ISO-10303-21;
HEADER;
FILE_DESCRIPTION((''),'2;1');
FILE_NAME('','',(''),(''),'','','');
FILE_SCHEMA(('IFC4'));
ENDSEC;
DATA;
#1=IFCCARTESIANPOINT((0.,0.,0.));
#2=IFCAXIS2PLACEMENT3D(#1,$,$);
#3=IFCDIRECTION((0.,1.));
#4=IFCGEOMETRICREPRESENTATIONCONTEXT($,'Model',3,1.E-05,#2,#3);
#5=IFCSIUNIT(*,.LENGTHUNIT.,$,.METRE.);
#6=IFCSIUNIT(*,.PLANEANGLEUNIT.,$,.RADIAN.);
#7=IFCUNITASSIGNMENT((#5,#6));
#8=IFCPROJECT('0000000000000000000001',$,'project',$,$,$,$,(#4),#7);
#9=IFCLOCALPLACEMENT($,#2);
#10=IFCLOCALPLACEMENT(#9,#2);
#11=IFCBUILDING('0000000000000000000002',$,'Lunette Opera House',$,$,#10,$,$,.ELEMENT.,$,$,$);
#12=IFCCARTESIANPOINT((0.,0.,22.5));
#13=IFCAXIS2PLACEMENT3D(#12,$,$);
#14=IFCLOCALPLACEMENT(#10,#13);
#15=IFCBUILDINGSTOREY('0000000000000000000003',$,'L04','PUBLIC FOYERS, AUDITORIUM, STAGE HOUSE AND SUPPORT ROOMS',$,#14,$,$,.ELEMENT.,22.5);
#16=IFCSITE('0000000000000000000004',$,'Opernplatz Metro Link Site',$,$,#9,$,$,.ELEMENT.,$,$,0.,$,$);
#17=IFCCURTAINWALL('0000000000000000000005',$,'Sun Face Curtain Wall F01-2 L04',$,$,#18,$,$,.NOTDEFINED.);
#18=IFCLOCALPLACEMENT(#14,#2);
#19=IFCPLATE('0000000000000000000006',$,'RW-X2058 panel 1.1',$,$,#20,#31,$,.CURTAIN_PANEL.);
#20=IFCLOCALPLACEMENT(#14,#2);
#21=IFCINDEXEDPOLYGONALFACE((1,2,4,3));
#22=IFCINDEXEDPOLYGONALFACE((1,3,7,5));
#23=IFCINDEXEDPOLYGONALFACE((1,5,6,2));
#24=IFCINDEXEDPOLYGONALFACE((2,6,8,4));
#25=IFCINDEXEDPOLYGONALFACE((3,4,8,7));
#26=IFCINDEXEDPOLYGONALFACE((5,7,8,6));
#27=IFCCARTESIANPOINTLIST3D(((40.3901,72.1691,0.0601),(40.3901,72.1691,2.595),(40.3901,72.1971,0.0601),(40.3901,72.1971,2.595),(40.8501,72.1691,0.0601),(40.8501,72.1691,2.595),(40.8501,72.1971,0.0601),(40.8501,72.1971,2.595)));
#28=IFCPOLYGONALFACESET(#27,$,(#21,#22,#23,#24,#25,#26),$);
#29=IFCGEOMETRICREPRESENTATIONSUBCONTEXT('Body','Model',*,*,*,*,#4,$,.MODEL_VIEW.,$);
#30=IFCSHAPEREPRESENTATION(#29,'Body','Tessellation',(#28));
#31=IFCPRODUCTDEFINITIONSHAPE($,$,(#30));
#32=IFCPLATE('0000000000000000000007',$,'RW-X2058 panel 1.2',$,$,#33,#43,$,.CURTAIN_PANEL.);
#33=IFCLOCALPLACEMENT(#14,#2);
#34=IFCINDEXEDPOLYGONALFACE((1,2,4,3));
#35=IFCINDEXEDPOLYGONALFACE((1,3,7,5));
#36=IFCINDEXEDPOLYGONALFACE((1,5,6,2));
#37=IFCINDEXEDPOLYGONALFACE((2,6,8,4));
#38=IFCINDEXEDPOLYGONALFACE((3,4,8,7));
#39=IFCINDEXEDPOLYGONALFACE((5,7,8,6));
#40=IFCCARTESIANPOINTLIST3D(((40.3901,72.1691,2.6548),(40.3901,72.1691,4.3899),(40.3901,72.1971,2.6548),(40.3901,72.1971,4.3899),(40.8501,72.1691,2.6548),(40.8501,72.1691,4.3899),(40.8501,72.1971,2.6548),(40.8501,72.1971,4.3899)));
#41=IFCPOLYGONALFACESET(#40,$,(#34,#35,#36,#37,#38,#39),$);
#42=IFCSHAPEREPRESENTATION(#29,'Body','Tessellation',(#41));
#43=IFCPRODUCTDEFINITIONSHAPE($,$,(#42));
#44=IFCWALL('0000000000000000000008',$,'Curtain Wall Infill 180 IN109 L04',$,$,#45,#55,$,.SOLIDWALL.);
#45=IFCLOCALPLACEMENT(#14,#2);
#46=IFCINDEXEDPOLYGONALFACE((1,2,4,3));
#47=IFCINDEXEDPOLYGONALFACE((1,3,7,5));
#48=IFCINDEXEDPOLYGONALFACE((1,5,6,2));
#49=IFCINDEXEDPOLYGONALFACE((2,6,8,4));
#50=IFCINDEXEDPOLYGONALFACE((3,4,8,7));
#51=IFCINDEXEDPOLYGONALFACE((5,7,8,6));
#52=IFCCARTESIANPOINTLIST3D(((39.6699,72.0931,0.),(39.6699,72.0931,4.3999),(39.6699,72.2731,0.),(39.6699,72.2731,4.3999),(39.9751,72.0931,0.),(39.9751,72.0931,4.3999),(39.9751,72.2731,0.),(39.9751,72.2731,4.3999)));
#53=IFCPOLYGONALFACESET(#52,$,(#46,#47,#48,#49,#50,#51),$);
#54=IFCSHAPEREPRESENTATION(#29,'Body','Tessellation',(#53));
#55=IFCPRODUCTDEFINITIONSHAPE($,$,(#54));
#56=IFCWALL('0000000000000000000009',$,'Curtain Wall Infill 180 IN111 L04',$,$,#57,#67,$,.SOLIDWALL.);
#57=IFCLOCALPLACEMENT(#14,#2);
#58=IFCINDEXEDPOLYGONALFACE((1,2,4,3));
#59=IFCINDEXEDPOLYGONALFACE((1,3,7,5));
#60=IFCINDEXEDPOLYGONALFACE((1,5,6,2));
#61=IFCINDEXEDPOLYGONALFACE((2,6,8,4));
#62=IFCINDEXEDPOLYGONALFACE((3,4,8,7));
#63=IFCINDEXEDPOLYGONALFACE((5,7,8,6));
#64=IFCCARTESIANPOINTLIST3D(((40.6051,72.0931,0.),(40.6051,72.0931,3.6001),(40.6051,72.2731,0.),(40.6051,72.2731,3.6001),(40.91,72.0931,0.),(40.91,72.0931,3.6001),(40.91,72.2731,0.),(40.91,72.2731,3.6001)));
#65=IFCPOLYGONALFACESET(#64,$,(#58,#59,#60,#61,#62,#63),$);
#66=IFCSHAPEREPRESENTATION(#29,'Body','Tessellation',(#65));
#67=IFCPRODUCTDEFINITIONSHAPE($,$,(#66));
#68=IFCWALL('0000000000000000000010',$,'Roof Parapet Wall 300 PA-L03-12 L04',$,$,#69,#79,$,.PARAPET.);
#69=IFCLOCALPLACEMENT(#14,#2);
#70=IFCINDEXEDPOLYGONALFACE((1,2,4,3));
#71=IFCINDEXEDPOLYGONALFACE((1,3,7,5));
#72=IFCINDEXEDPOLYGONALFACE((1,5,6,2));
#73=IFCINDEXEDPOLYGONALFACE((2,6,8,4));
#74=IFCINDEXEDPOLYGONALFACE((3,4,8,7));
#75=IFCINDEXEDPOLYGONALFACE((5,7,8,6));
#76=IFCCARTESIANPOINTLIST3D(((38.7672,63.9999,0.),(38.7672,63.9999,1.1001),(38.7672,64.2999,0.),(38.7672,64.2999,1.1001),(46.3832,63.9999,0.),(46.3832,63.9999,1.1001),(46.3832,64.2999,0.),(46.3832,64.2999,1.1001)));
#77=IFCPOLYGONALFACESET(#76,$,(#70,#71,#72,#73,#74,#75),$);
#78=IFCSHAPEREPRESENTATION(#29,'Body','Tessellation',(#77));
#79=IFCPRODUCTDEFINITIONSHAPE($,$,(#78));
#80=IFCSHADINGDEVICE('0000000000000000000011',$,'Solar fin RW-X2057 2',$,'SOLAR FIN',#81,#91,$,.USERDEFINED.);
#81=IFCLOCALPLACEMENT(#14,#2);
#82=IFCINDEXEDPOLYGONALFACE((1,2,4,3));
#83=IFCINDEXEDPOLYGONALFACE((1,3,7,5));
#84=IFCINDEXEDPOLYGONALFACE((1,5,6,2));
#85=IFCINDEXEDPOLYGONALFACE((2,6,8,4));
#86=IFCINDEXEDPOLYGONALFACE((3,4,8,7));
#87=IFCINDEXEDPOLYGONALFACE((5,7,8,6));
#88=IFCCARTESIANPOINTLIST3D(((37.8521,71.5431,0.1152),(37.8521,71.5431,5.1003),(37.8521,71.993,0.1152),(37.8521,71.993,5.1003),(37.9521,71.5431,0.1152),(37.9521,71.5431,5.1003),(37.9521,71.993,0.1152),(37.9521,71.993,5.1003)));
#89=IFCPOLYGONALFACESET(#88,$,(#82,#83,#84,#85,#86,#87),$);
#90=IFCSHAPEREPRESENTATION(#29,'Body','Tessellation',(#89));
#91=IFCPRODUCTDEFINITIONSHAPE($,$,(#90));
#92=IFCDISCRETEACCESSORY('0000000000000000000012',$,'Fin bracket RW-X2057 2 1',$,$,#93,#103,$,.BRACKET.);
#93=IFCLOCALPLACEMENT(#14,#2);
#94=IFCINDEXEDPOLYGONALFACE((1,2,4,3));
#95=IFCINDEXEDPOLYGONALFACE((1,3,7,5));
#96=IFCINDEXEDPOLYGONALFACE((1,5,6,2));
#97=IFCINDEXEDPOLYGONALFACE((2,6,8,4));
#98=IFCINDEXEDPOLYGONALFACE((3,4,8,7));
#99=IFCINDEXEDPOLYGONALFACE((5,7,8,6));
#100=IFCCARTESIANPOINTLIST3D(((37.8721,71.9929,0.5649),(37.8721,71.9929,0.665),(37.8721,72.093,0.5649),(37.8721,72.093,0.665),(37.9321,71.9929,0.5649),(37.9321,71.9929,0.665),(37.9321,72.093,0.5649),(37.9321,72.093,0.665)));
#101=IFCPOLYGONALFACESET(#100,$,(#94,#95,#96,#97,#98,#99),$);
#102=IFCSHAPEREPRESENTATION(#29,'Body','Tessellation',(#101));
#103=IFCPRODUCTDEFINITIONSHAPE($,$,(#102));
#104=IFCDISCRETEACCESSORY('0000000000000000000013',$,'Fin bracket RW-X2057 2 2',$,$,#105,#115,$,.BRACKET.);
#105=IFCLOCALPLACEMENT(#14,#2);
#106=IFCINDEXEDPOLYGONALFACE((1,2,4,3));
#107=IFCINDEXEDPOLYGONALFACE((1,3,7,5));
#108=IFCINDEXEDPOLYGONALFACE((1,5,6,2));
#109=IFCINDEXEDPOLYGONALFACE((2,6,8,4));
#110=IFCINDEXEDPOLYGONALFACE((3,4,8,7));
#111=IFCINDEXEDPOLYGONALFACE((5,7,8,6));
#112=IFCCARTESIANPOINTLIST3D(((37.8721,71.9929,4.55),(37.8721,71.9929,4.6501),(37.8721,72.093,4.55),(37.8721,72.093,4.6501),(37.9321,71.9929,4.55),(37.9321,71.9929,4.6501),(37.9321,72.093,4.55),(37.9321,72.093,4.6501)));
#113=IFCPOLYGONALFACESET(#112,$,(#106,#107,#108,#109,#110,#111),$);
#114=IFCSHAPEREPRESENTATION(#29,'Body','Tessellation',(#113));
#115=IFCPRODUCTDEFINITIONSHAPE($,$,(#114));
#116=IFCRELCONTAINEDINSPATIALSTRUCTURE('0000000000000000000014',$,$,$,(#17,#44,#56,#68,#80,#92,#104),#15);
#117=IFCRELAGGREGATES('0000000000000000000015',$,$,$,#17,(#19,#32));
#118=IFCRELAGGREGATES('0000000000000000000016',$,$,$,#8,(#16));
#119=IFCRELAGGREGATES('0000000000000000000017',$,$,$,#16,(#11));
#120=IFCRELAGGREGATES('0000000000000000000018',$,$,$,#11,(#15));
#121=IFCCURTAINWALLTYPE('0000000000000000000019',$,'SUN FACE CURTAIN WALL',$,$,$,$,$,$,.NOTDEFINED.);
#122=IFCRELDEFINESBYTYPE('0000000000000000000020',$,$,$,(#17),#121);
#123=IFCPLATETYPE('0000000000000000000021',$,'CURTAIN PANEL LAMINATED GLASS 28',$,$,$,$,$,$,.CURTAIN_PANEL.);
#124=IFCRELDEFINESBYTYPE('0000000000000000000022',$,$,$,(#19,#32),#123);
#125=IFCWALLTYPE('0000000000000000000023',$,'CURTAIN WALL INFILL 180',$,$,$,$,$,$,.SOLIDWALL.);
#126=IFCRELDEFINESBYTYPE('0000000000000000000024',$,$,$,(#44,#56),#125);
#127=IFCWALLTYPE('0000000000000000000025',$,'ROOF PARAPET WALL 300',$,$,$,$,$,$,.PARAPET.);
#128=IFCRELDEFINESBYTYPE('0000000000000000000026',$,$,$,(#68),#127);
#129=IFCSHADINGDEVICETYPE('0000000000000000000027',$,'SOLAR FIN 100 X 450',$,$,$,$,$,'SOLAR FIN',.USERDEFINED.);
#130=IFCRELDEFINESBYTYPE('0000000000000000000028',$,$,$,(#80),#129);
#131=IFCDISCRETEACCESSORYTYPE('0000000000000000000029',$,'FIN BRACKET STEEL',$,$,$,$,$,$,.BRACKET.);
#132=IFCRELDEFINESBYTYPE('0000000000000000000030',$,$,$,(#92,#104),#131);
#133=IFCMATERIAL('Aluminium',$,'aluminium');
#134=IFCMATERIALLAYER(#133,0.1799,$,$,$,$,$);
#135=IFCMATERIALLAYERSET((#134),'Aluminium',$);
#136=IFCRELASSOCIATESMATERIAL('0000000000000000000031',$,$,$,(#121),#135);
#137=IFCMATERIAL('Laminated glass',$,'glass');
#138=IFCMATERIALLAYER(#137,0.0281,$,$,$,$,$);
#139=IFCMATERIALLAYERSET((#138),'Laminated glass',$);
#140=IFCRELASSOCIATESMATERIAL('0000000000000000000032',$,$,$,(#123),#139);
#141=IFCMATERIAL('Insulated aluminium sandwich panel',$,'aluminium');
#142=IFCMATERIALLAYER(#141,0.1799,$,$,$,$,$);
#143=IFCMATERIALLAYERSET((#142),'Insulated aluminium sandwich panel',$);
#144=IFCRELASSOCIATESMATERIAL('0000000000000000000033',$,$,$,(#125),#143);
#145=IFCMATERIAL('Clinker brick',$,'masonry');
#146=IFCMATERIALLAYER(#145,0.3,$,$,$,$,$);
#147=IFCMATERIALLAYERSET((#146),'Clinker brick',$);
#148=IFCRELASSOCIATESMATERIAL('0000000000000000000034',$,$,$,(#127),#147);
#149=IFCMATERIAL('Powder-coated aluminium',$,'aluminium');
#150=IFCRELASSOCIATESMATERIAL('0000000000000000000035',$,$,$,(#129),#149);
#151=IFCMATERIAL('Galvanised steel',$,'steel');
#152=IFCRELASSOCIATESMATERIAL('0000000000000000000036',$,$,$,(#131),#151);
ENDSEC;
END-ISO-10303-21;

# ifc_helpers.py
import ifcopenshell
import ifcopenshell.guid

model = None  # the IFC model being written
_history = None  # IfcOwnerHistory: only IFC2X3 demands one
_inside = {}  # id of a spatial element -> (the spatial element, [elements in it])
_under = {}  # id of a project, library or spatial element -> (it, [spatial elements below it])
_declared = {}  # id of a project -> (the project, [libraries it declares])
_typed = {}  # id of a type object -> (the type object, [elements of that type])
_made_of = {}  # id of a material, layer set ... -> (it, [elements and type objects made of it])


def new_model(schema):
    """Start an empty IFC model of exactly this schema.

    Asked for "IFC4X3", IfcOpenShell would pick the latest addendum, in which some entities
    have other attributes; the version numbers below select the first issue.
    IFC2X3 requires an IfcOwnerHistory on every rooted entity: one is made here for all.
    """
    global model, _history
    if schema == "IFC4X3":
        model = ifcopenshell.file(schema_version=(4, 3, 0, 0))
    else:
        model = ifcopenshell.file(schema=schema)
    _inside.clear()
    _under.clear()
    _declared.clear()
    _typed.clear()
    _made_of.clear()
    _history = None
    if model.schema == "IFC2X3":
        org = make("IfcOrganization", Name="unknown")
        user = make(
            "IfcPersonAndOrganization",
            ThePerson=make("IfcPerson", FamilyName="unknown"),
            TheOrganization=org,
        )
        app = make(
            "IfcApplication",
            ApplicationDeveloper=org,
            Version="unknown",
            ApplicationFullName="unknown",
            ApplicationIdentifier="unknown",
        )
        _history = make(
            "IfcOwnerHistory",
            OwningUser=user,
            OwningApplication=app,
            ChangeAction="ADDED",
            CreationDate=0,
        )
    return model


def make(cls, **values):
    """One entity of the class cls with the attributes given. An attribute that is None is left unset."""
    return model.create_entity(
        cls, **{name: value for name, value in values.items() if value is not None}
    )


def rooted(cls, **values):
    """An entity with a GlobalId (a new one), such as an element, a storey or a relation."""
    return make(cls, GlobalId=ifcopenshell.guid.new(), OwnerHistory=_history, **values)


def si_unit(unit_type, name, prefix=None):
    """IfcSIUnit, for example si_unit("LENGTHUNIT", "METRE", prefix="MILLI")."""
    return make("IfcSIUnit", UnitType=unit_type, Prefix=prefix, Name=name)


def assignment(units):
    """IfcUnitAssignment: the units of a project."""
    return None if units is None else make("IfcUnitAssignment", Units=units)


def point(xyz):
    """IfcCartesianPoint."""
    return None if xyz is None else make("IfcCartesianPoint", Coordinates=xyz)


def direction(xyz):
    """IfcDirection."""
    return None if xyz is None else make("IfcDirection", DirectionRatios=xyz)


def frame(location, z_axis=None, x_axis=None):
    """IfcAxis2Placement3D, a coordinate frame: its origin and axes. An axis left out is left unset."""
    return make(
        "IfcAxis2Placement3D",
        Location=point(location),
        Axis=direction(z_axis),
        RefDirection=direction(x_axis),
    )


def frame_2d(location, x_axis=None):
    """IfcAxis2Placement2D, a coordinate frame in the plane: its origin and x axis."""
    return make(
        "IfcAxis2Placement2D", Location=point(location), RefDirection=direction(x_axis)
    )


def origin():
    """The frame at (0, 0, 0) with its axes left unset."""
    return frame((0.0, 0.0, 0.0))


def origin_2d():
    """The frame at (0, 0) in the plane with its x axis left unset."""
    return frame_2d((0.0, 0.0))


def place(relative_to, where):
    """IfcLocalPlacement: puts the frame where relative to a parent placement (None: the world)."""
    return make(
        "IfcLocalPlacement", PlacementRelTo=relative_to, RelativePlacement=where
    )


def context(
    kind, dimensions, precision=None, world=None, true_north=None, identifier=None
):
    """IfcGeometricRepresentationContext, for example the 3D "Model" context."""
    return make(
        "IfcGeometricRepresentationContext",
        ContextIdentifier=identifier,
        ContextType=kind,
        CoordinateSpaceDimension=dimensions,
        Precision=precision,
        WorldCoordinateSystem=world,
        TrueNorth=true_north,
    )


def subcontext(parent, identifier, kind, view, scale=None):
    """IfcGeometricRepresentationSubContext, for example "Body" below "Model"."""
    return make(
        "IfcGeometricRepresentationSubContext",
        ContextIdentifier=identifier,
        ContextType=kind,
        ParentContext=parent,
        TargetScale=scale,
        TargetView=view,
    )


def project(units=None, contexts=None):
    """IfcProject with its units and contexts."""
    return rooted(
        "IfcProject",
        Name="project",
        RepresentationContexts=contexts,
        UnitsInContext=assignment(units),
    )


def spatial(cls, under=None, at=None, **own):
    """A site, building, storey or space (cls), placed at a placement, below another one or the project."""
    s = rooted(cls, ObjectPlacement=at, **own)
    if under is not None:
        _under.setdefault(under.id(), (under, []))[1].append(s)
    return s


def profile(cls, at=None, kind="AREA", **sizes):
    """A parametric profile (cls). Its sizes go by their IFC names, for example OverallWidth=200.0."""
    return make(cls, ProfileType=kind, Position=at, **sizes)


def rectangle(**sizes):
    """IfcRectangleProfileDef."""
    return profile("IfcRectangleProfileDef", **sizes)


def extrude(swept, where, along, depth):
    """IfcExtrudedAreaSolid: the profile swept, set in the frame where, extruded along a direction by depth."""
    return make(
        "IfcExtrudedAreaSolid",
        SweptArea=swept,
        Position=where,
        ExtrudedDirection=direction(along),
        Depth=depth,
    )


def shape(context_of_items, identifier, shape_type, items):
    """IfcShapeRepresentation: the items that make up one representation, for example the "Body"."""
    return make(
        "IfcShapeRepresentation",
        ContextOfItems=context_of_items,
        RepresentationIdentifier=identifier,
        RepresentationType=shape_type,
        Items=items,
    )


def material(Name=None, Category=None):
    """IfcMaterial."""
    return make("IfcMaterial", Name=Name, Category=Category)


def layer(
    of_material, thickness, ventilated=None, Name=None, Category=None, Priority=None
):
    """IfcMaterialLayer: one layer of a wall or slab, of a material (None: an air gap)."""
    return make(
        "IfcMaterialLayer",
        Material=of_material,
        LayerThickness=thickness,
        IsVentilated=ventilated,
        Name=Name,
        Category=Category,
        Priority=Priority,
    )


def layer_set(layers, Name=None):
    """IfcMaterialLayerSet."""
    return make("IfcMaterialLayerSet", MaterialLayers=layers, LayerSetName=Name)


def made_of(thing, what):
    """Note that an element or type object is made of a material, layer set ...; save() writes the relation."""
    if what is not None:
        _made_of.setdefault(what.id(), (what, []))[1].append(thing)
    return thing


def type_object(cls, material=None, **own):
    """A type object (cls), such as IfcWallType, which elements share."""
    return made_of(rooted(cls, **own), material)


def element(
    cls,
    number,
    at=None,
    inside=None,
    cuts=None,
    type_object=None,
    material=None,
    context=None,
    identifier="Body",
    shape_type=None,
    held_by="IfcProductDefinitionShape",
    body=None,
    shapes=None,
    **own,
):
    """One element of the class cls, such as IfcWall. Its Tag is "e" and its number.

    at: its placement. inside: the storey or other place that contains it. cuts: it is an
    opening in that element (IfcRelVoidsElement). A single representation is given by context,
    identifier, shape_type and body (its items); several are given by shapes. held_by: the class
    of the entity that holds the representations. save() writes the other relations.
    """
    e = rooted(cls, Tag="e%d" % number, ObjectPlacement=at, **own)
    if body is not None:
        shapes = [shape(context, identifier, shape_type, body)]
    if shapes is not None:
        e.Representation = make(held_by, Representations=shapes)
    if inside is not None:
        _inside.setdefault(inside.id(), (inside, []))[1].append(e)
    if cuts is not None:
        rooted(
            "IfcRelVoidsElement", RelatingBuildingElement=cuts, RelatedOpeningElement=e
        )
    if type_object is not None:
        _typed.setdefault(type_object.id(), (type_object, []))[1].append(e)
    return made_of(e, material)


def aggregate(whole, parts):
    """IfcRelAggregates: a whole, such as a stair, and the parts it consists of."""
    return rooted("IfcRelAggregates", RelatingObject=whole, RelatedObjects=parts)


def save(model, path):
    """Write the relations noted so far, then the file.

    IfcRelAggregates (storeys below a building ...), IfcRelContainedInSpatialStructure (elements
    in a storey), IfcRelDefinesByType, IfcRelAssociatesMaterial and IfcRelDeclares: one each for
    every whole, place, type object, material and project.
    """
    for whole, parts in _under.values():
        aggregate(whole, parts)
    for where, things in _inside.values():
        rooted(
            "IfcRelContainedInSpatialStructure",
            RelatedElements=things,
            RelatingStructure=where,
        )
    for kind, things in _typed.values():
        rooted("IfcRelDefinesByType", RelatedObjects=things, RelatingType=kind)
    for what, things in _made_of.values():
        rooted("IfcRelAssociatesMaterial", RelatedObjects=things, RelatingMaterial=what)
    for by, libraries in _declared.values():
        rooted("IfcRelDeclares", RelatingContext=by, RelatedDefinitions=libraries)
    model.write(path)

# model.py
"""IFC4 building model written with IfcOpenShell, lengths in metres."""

from ifc_helpers import new_model, si_unit, direction, frame, frame_2d, origin, origin_2d, place, context, subcontext, project, spatial, rectangle, extrude, material, layer, layer_set, type_object, element, aggregate, save


model = new_model("IFC4")

# Units and contexts
model_context = context("Model", 3, precision=1e-05, world=origin(), true_north=direction((0.0, 1.0)))
body_context = subcontext(model_context, "Body", "Model", "MODEL_VIEW")
ifc_project = project(units=[si_unit("LENGTHUNIT", "METRE"), si_unit("PLANEANGLEUNIT", "RADIAN")], contexts=[model_context])

# Site, building, storey
site_placement = place(None, origin())
site = spatial("IfcSite", under=ifc_project, at=site_placement, Name="Opernplatz Metro Link Site", CompositionType="ELEMENT", RefElevation=0.0)
building_placement = place(site_placement, origin())
building = spatial("IfcBuilding", under=site, at=building_placement, Name="Lunette Opera House", CompositionType="ELEMENT")
storey_placement = place(building_placement, frame((0.0, 0.0, 22.5)))
storey = spatial("IfcBuildingStorey", under=building, at=storey_placement, Name="L04", Description="PUBLIC FOYERS, AUDITORIUM, STAGE HOUSE AND SUPPORT ROOMS", CompositionType="ELEMENT", Elevation=22.5)

# Curtain wall
ifc_material_1 = material(Name="Aluminium", Category="aluminium")
ifc_layer_1 = layer(ifc_material_1, 0.1799)
ifc_layer_set_1 = layer_set([ifc_layer_1], Name="Aluminium")
curtain_wall_type = type_object("IfcCurtainWallType", Name="SUN FACE CURTAIN WALL", PredefinedType="NOTDEFINED", material=ifc_layer_set_1)
curtain_wall_1_placement = place(storey_placement, origin())
curtain_wall_1 = element("IfcCurtainWall", 1, at=curtain_wall_1_placement, inside=storey, type_object=curtain_wall_type, Name="Sun Face Curtain Wall F01-2 L04", PredefinedType="NOTDEFINED")

# Plates
ifc_material_2 = material(Name="Laminated glass", Category="glass")
ifc_layer_2 = layer(ifc_material_2, 0.0281)
ifc_layer_set_2 = layer_set([ifc_layer_2], Name="Laminated glass")
plate_type = type_object("IfcPlateType", Name="CURTAIN PANEL LAMINATED GLASS 28", PredefinedType="CURTAIN_PANEL", material=ifc_layer_set_2)
plate_1_placement = place(storey_placement, frame((40.6201, 72.1831, 0.0601), z_axis=(0.0, 0.0, 1.0), x_axis=(1.0, 0.0, 0.0)))
plate_1 = element("IfcPlate", 2, at=plate_1_placement, type_object=plate_type, Name="RW-X2058 panel 1.1", PredefinedType="CURTAIN_PANEL", context=body_context, shape_type="SweptSolid", body=[
    extrude(rectangle(XDim=0.46, YDim=0.0281, at=origin_2d()), origin(), (0.0, 0.0, 1.0), 2.5349),
])
plate_2_placement = place(storey_placement, frame((40.6201, 72.1831, 2.6548), z_axis=(0.0, 0.0, 1.0), x_axis=(1.0, 0.0, 0.0)))
plate_2 = element("IfcPlate", 3, at=plate_2_placement, type_object=plate_type, Name="RW-X2058 panel 1.2", PredefinedType="CURTAIN_PANEL", context=body_context, shape_type="SweptSolid", body=[
    extrude(rectangle(XDim=0.46, YDim=0.0281, at=origin_2d()), origin(), (0.0, 0.0, 1.0), 1.7351),
])
aggregate(curtain_wall_1, [plate_1, plate_2])

# Walls
ifc_material_3 = material(Name="Insulated aluminium sandwich panel", Category="aluminium")
ifc_layer_3 = layer(ifc_material_3, 0.1799)
ifc_layer_set_3 = layer_set([ifc_layer_3], Name="Insulated aluminium sandwich panel")
wall_type_1 = type_object("IfcWallType", Name="CURTAIN WALL INFILL 180", PredefinedType="SOLIDWALL", material=ifc_layer_set_3)
wall_1_placement = place(storey_placement, frame((39.6699, 72.1831, 0.0), z_axis=(0.0, 0.0, 1.0), x_axis=(1.0, 0.0, 0.0)))
element("IfcWall", 4, at=wall_1_placement, inside=storey, type_object=wall_type_1, Name="Curtain Wall Infill 180 IN109 L04", PredefinedType="SOLIDWALL", context=body_context, shape_type="SweptSolid", body=[
    extrude(rectangle(XDim=0.3052, YDim=0.1799, at=frame_2d((0.1526, 0.0))), origin(), (0.0, 0.0, 1.0), 4.3999),
])
wall_2_placement = place(storey_placement, frame((40.9099, 72.1831, 0.0), z_axis=(0.0, 0.0, 1.0), x_axis=(-1.0, 0.0, 0.0)))
element("IfcWall", 5, at=wall_2_placement, inside=storey, type_object=wall_type_1, Name="Curtain Wall Infill 180 IN111 L04", PredefinedType="SOLIDWALL", context=body_context, shape_type="SweptSolid", body=[
    extrude(rectangle(XDim=0.3049, YDim=0.1799, at=frame_2d((0.1523, 0.0))), origin(), (0.0, 0.0, 1.0), 3.6001),
])
ifc_material_4 = material(Name="Clinker brick", Category="masonry")
ifc_layer_4 = layer(ifc_material_4, 0.3)
ifc_layer_set_4 = layer_set([ifc_layer_4], Name="Clinker brick")
wall_type_2 = type_object("IfcWallType", Name="ROOF PARAPET WALL 300", PredefinedType="PARAPET", material=ifc_layer_set_4)
wall_3_placement = place(storey_placement, frame((38.7671, 64.1499, 0.0), z_axis=(0.0, 0.0, 1.0), x_axis=(1.0, 0.0, 0.0)))
element("IfcWall", 6, at=wall_3_placement, inside=storey, type_object=wall_type_2, Name="Roof Parapet Wall 300 PA-L03-12 L04", PredefinedType="PARAPET", context=body_context, shape_type="SweptSolid", body=[
    extrude(rectangle(XDim=7.616, YDim=0.3, at=frame_2d((3.8081, 0.0))), origin(), (0.0, 0.0, 1.0), 1.1001),
])

# Shading device
ifc_material_5 = material(Name="Powder-coated aluminium", Category="aluminium")
shading_device_type = type_object("IfcShadingDeviceType", Name="SOLAR FIN 100 X 450", ElementType="SOLAR FIN", PredefinedType="USERDEFINED", material=ifc_material_5)
shading_device_placement = place(storey_placement, frame((37.9021, 71.7681, 0.1152), z_axis=(0.0, 0.0, 1.0), x_axis=(0.0, -1.0, 0.0)))
element("IfcShadingDevice", 7, at=shading_device_placement, inside=storey, type_object=shading_device_type, Name="Solar fin RW-X2057 2", ObjectType="SOLAR FIN", PredefinedType="USERDEFINED", context=body_context, shape_type="SweptSolid", body=[
    extrude(rectangle(XDim=0.45, YDim=0.1001, at=origin_2d()), origin(), (0.0, 0.0, 1.0), 4.9851),
])

# Discrete accessories
ifc_material_6 = material(Name="Galvanised steel", Category="steel")
discrete_accessory_type = type_object("IfcDiscreteAccessoryType", Name="FIN BRACKET STEEL", PredefinedType="BRACKET", material=ifc_material_6)
for number, where, z_axis, x_axis, name in (
    (8, (37.9021, 72.043, 0.5649), (0.0, 0.0, 1.0), (0.0, -1.0, 0.0), "Fin bracket RW-X2057 2 1"),
    (9, (37.9021, 72.043, 4.55), (0.0, 0.0, 1.0), (0.0, -1.0, 0.0), "Fin bracket RW-X2057 2 2"),
):
    element("IfcDiscreteAccessory", number, at=place(storey_placement, frame(where, z_axis=z_axis, x_axis=x_axis)), inside=storey, type_object=discrete_accessory_type, Name=name, PredefinedType="BRACKET", context=body_context, shape_type="SweptSolid", body=[
        extrude(rectangle(XDim=0.1001, YDim=0.0601, at=origin_2d()), origin(), (0.0, 0.0, 1.0), 0.1001),
    ])

save(model, "model.ifc")
